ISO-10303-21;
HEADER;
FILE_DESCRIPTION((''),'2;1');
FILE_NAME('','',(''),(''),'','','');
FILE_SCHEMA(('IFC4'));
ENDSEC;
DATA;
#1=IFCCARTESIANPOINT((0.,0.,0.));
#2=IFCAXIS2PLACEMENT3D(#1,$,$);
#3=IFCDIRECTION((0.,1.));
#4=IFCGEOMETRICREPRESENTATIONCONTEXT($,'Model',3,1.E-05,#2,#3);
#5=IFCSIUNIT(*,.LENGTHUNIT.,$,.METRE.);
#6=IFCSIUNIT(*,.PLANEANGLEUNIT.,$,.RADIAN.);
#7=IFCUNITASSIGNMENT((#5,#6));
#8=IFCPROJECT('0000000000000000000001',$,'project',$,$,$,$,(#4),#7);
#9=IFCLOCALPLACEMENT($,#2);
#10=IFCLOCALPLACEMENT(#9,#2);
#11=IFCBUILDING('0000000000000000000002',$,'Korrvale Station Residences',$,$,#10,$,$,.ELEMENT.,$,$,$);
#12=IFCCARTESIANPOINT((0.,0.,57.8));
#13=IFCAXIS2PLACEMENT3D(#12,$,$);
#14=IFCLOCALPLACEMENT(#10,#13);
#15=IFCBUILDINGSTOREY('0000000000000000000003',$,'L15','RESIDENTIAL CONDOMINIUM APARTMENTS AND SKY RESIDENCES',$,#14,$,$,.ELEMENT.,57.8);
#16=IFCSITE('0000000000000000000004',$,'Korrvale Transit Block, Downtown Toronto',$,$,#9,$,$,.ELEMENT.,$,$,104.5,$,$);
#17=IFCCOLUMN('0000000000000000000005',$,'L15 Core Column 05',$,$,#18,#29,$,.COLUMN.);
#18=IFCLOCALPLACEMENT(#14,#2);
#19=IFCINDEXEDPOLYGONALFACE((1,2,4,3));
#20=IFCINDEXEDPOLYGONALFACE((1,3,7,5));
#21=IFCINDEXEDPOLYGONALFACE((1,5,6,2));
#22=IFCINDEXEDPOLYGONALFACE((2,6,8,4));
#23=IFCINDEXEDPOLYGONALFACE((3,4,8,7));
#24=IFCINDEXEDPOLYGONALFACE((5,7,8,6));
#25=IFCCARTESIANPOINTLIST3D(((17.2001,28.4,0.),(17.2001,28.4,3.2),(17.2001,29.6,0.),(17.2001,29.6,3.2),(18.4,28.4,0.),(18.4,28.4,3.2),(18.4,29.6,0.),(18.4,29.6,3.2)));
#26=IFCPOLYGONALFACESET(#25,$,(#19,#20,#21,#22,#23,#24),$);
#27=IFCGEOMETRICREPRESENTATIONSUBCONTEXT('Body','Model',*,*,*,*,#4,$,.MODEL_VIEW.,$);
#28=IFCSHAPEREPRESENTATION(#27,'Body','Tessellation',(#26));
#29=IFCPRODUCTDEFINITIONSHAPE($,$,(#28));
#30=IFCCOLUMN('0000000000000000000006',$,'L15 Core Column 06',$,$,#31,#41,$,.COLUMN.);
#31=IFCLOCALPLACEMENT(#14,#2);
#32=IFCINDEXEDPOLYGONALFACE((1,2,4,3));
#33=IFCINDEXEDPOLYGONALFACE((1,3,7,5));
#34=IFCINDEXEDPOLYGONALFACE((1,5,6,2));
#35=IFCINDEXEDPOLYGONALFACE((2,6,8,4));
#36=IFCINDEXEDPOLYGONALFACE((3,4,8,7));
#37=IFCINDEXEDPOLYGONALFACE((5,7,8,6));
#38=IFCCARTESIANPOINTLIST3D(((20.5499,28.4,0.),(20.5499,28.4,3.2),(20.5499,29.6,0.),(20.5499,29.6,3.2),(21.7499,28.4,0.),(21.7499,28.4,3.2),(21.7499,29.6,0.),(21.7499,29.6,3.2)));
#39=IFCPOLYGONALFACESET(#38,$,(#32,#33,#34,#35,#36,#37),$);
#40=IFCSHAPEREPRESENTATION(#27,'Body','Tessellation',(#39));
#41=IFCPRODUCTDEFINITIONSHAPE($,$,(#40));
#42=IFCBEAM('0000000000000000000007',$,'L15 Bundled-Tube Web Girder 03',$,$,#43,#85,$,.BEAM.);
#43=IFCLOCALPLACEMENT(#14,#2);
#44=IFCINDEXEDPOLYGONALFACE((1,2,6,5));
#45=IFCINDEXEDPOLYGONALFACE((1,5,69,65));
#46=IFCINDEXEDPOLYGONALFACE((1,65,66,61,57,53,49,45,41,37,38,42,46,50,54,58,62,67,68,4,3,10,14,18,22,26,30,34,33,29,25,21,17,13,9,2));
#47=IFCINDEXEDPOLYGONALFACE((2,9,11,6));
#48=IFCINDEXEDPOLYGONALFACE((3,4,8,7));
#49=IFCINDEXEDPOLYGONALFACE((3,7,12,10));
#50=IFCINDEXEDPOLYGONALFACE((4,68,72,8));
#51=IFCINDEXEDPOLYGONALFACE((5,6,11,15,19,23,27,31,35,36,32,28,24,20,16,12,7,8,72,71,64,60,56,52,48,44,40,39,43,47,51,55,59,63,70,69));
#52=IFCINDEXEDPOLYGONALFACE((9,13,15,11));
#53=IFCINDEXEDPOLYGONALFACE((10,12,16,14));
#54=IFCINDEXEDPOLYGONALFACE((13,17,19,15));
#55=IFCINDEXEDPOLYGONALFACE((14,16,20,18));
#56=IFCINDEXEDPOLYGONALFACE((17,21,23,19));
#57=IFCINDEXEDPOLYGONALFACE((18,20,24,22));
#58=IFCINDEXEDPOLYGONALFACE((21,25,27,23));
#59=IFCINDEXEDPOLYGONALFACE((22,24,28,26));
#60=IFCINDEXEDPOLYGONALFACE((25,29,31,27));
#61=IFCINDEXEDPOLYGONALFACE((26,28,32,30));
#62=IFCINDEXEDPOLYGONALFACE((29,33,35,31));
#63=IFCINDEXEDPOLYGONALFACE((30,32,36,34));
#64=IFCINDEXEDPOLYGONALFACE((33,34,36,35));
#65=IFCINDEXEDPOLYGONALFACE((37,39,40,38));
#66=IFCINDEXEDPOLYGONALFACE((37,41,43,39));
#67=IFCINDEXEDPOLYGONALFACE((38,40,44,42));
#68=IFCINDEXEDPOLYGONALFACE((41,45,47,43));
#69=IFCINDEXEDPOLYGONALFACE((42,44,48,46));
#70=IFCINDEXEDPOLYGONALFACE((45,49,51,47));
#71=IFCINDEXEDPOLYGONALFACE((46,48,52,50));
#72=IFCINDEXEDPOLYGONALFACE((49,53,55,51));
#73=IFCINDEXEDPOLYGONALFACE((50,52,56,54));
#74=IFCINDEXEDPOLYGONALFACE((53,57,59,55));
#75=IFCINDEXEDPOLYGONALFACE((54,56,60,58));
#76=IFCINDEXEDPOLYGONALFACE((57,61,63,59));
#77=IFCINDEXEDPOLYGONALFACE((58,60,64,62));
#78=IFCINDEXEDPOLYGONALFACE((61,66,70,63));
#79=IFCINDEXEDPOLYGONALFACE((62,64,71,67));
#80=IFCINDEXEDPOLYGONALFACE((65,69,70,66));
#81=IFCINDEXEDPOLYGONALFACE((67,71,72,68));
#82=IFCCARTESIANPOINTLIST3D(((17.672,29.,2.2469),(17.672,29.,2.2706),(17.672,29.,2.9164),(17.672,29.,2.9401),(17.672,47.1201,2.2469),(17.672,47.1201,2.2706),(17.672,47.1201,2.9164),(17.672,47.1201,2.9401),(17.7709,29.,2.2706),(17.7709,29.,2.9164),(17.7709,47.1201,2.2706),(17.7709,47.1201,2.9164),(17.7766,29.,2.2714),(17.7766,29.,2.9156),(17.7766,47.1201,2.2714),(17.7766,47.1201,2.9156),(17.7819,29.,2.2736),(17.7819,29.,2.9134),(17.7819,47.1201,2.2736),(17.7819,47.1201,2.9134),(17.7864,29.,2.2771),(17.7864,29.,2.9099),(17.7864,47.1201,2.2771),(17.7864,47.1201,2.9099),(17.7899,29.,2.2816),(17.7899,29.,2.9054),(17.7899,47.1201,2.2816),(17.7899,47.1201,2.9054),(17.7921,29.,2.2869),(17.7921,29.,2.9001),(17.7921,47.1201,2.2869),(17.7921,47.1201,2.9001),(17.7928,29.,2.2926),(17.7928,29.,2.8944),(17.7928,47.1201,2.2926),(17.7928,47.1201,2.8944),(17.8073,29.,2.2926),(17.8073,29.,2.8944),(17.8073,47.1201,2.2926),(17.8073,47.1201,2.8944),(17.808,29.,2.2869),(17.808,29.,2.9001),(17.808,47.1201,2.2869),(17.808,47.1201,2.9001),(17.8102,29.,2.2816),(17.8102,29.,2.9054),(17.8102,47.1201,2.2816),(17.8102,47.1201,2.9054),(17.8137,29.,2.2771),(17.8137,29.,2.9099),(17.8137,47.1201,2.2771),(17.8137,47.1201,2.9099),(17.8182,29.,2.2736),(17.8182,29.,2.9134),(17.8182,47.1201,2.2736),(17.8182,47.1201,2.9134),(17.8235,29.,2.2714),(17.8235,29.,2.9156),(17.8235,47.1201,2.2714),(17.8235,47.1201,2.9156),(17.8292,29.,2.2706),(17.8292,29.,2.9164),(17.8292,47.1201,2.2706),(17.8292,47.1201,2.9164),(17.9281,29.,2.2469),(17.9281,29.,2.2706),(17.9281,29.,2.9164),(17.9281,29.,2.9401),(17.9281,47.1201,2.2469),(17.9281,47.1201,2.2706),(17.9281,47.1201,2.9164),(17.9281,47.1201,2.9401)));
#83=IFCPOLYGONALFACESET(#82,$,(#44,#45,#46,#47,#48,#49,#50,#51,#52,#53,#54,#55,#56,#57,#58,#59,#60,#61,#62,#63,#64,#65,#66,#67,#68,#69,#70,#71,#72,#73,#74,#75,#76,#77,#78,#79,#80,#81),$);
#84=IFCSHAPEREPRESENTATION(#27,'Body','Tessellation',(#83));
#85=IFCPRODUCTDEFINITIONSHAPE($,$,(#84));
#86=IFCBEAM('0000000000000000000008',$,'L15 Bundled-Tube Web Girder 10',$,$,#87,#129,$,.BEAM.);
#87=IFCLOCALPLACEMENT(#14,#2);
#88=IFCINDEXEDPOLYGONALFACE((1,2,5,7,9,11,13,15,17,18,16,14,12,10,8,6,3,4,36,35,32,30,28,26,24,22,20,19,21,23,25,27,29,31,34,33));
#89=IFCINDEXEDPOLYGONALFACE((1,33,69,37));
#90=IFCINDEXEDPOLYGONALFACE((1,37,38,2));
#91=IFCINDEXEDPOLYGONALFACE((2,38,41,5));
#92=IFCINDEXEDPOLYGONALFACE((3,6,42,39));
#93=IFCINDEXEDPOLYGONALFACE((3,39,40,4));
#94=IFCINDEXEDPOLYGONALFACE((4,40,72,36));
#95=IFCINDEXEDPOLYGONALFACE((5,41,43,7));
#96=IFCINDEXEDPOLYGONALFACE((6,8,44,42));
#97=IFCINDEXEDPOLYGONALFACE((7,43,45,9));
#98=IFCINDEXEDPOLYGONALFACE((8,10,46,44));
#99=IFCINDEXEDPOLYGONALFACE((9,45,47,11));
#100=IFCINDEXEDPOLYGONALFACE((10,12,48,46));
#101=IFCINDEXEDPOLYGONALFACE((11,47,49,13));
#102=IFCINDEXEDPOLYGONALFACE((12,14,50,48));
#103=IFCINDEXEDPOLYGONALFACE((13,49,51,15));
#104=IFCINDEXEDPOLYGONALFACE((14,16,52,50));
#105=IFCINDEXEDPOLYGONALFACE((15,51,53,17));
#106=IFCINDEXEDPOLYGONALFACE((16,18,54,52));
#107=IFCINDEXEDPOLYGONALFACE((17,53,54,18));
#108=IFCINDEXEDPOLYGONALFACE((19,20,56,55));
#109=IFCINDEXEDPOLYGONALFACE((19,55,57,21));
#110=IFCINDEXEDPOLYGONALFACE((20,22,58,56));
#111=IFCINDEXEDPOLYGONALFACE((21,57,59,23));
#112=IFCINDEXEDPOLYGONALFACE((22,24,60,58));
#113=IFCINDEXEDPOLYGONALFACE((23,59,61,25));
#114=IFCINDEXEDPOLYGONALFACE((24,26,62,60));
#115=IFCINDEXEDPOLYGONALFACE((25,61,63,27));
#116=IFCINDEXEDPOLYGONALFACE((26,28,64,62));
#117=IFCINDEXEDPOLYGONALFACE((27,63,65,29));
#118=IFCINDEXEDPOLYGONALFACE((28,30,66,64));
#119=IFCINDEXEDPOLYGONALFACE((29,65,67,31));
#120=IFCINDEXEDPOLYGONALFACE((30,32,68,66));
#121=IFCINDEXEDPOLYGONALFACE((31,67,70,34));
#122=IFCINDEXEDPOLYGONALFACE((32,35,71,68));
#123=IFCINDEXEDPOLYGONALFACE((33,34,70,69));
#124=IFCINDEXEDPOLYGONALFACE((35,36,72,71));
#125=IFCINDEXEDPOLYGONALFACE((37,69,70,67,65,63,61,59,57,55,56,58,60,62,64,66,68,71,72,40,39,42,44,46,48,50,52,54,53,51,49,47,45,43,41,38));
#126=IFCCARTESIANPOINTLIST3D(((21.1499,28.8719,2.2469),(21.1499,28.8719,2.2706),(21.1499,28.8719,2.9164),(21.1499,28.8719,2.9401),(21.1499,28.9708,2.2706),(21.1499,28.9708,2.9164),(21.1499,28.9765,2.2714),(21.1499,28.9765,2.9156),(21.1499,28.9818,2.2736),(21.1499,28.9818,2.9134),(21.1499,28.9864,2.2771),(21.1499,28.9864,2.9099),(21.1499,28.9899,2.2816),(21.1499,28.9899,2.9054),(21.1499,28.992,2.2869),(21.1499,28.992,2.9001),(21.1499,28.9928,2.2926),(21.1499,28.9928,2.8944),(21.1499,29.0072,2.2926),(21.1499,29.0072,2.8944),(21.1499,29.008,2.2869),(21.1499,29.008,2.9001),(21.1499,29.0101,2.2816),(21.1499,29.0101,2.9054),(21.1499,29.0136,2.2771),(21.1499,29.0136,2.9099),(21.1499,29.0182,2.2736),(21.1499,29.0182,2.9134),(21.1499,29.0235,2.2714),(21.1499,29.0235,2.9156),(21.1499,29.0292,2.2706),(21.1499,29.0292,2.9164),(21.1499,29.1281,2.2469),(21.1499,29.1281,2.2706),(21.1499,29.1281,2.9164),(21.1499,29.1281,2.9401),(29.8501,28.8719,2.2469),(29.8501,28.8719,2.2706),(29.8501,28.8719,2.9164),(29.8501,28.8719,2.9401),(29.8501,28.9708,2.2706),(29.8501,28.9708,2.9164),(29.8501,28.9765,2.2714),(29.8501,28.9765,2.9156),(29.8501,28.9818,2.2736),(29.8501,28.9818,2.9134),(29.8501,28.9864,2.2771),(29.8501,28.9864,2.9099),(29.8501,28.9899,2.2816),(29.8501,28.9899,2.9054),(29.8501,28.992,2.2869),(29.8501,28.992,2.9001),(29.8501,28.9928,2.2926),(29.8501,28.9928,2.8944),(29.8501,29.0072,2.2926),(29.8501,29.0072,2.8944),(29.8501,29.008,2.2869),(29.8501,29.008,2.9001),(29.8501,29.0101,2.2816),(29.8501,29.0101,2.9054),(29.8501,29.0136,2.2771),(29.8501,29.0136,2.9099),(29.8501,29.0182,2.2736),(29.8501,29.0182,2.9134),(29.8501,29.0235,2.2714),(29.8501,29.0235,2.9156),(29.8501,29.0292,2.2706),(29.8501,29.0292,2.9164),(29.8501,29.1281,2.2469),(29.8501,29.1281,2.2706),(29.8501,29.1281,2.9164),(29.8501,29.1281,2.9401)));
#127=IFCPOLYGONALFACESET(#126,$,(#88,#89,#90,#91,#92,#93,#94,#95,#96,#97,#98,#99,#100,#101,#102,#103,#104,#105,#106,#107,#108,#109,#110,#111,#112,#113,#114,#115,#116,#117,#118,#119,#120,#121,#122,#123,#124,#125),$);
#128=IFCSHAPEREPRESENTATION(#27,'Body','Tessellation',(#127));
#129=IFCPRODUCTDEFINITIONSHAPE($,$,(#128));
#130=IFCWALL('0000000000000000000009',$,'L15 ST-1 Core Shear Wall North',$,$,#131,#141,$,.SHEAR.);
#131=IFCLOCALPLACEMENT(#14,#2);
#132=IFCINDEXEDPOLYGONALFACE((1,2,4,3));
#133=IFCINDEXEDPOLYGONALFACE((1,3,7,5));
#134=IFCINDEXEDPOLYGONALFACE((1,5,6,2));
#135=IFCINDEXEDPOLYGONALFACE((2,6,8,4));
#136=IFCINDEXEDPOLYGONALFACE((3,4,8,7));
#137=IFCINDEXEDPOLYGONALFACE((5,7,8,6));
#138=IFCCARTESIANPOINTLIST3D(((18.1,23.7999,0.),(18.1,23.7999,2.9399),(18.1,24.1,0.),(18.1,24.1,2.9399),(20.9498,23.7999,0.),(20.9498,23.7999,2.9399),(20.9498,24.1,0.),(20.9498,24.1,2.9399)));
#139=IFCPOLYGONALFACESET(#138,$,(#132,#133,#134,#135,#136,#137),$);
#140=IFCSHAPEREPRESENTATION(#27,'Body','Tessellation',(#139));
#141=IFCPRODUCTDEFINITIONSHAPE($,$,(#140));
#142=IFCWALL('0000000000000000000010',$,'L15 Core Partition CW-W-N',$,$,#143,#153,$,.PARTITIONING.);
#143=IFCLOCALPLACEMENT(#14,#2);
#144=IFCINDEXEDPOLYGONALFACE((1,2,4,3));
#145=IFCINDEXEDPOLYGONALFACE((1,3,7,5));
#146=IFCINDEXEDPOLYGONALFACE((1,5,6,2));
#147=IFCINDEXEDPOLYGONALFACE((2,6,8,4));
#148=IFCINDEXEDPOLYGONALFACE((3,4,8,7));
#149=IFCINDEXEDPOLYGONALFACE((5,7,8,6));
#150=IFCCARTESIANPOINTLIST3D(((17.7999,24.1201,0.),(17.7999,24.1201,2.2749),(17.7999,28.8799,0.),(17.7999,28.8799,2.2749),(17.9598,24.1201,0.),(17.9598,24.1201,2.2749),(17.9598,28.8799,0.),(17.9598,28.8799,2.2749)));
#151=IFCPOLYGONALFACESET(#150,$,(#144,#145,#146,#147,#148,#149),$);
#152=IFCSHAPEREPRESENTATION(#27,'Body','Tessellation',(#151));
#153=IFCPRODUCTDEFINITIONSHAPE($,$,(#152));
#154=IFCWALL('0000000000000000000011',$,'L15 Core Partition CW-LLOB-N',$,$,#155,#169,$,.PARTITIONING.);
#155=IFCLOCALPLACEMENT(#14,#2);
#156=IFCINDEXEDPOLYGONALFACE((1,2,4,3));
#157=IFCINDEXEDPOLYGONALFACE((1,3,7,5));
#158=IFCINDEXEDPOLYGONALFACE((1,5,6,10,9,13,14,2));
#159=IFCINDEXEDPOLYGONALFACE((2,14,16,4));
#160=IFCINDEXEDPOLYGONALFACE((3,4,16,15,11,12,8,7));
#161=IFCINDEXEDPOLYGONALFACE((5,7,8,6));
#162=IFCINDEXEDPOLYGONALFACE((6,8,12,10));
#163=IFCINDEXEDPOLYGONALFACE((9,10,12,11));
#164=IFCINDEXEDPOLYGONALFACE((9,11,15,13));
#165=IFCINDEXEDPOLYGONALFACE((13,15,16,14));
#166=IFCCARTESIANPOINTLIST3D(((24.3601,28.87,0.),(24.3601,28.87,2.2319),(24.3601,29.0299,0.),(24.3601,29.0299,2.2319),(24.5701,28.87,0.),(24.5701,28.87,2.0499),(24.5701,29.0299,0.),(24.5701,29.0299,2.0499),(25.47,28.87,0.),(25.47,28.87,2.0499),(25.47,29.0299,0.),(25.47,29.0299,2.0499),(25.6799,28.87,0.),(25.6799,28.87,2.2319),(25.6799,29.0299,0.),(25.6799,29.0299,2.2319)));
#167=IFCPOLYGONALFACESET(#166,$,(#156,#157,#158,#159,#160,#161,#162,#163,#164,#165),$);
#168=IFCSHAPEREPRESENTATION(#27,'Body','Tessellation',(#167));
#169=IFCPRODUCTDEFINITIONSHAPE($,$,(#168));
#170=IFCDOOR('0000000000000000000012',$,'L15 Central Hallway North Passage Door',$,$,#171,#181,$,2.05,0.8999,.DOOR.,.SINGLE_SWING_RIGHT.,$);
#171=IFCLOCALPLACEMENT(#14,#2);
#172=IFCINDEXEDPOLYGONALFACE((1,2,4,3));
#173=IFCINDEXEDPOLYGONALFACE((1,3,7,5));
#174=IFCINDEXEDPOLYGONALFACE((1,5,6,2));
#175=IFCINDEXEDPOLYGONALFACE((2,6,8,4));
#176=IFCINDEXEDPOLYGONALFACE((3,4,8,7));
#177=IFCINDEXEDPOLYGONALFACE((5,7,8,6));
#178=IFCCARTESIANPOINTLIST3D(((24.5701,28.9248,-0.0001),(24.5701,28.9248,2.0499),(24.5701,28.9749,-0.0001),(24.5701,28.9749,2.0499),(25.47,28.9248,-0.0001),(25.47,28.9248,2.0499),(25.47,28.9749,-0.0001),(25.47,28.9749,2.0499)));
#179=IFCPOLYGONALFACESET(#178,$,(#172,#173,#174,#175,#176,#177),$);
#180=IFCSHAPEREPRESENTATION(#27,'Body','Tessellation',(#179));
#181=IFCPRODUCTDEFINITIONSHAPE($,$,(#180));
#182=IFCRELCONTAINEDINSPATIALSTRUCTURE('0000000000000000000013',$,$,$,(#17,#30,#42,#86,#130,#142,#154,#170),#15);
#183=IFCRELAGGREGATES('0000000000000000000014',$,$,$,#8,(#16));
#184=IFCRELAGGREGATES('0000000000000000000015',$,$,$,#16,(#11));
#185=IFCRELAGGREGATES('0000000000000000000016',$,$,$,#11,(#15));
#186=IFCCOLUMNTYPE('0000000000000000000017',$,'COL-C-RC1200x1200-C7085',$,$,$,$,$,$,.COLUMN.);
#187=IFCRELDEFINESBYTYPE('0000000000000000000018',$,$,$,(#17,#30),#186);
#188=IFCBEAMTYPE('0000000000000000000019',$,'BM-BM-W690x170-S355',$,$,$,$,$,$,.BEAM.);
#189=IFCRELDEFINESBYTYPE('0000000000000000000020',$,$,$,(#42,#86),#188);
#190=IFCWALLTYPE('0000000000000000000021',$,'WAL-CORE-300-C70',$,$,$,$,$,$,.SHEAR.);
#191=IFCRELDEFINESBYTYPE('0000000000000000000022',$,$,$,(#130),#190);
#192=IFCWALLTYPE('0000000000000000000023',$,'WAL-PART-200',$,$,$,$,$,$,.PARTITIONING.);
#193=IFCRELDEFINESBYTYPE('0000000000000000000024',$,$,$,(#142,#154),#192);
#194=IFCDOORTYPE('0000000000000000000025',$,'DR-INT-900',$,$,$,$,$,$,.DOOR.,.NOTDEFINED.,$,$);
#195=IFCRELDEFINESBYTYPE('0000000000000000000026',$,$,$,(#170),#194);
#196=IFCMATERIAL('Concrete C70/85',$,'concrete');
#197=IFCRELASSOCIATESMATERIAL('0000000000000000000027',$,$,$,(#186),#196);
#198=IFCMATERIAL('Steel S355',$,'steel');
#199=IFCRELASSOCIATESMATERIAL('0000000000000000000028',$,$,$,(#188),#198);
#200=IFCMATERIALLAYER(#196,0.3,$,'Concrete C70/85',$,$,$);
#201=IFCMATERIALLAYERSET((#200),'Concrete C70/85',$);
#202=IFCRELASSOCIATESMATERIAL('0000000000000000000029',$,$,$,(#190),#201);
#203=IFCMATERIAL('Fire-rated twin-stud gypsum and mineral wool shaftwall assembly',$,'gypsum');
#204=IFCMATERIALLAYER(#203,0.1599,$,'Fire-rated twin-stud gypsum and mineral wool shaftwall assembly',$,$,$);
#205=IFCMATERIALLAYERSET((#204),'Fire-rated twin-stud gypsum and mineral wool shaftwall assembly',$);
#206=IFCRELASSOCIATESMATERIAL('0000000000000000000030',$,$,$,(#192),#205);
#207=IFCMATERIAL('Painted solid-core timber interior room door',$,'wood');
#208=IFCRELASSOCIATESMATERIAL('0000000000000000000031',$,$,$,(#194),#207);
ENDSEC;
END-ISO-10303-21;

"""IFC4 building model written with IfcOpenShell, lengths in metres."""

from ifc_helpers import new_model, si_unit, direction, frame, frame_2d, origin, origin_2d, place, context, subcontext, project, spatial, rectangle, i_section, extrude, material, layer, layer_set, material_profile, profile_set, type_object, element, fill, save


model = new_model("IFC4")

# Units and contexts
model_context = context("Model", 3, precision=1e-05, world=origin(), true_north=direction((0.0, 1.0)))
body_context = subcontext(model_context, "Body", "Model", "MODEL_VIEW")
ifc_project = project(units=[si_unit("LENGTHUNIT", "METRE"), si_unit("PLANEANGLEUNIT", "RADIAN")], contexts=[model_context])

# Site, building, storey
site_placement = place(None, origin())
site = spatial("IfcSite", under=ifc_project, at=site_placement, Name="Korrvale Transit Block, Downtown Toronto", CompositionType="ELEMENT", RefElevation=104.5)
building_placement = place(site_placement, origin())
building = spatial("IfcBuilding", under=site, at=building_placement, Name="Korrvale Station Residences", CompositionType="ELEMENT")
storey_placement = place(building_placement, frame((0.0, 0.0, 57.8)))
storey = spatial("IfcBuildingStorey", under=building, at=storey_placement, Name="L15", Description="RESIDENTIAL CONDOMINIUM APARTMENTS AND SKY RESIDENCES", CompositionType="ELEMENT", Elevation=57.8)

# Columns
ifc_material_1 = material(Name="Concrete C70/85", Category="concrete")
ifc_material_profile_1 = material_profile(ifc_material_1, rectangle(XDim=1.2, YDim=1.2, at=origin_2d()), Name="RC1200x1200")
ifc_profile_set_1 = profile_set([ifc_material_profile_1], Name="Concrete C70/85")
column_type = type_object("IfcColumnType", Name="COL-C-RC1200x1200-C7085", PredefinedType="COLUMN", material=ifc_profile_set_1)
for number, where, z_axis, x_axis, name in (
    (1, (17.8, 29.0, 0.0), (0.0, 0.0, 1.0), (1.0, 0.0, 0.0), "L15 Core Column 05"),
    (2, (21.1499, 29.0, 0.0), (0.0, 0.0, 1.0), (1.0, 0.0, 0.0), "L15 Core Column 06"),
):
    element("IfcColumn", number, at=place(storey_placement, frame(where, z_axis=z_axis, x_axis=x_axis)), inside=storey, type_object=column_type, Name=name, PredefinedType="COLUMN", context=body_context, shape_type="SweptSolid", body=[
        extrude(rectangle(XDim=1.2, YDim=1.2, at=origin_2d()), origin(), (0.0, 0.0, 1.0), 3.2),
    ])

# Beams
ifc_material_2 = material(Name="Steel S355", Category="steel")
ifc_material_profile_2 = material_profile(ifc_material_2, i_section(OverallWidth=0.2561, OverallDepth=0.6931, WebThickness=0.0144, FlangeThickness=0.0237, FilletRadius=0.022, at=origin_2d()), Name="W690x170")
ifc_profile_set_2 = profile_set([ifc_material_profile_2], Name="Steel S355")
beam_type = type_object("IfcBeamType", Name="BM-BM-W690x170-S355", PredefinedType="BEAM", material=ifc_profile_set_2)
beam_1_placement = place(storey_placement, frame((17.8, 29.0, 2.5935), z_axis=(0.0, 1.0, 0.0), x_axis=(-1.0, 0.0, 0.0)))
element("IfcBeam", 3, at=beam_1_placement, inside=storey, type_object=beam_type, Name="L15 Bundled-Tube Web Girder 03", PredefinedType="BEAM", context=body_context, shape_type="SweptSolid", body=[
    extrude(i_section(OverallWidth=0.2561, OverallDepth=0.6931, WebThickness=0.0144, FlangeThickness=0.0237, FilletRadius=0.022, at=origin_2d()), origin(), (0.0, 0.0, 1.0), 18.1201),
])
beam_2_placement = place(storey_placement, frame((21.1499, 29.0, 2.5935), z_axis=(1.0, 0.0, 0.0), x_axis=(0.0, 1.0, 0.0)))
element("IfcBeam", 4, at=beam_2_placement, inside=storey, type_object=beam_type, Name="L15 Bundled-Tube Web Girder 10", PredefinedType="BEAM", context=body_context, shape_type="SweptSolid", body=[
    extrude(i_section(OverallWidth=0.2561, OverallDepth=0.6931, WebThickness=0.0144, FlangeThickness=0.0237, FilletRadius=0.022, at=origin_2d()), origin(), (0.0, 0.0, 1.0), 8.7002),
])

# Walls
ifc_layer_1 = layer(ifc_material_1, 0.3, Name="Concrete C70/85")
ifc_layer_set_1 = layer_set([ifc_layer_1], Name="Concrete C70/85")
wall_type_1 = type_object("IfcWallType", Name="WAL-CORE-300-C70", PredefinedType="SHEAR", material=ifc_layer_set_1)
wall_1_placement = place(storey_placement, frame((18.1001, 23.95, 0.0), z_axis=(0.0, 0.0, 1.0), x_axis=(1.0, 0.0, 0.0)))
element("IfcWall", 5, at=wall_1_placement, inside=storey, type_object=wall_type_1, Name="L15 ST-1 Core Shear Wall North", PredefinedType="SHEAR", context=body_context, shape_type="SweptSolid", body=[
    extrude(rectangle(XDim=2.8499, YDim=0.3, at=frame_2d((1.4248, 0.0))), origin(), (0.0, 0.0, 1.0), 2.9399),
])
ifc_material_3 = material(Name="Fire-rated twin-stud gypsum and mineral wool shaftwall assembly", Category="gypsum")
ifc_layer_2 = layer(ifc_material_3, 0.1599, Name="Fire-rated twin-stud gypsum and mineral wool shaftwall assembly")
ifc_layer_set_2 = layer_set([ifc_layer_2], Name="Fire-rated twin-stud gypsum and mineral wool shaftwall assembly")
wall_type_2 = type_object("IfcWallType", Name="WAL-PART-200", PredefinedType="PARTITIONING", material=ifc_layer_set_2)
wall_2_placement = place(storey_placement, frame((17.8799, 24.1201, 0.0), z_axis=(0.0, 0.0, 1.0), x_axis=(0.0, 1.0, 0.0)))
element("IfcWall", 6, at=wall_2_placement, inside=storey, type_object=wall_type_2, Name="L15 Core Partition CW-W-N", PredefinedType="PARTITIONING", context=body_context, shape_type="SweptSolid", body=[
    extrude(rectangle(XDim=4.7598, YDim=0.1599, at=frame_2d((2.3799, 0.0))), origin(), (0.0, 0.0, 1.0), 2.2749),
])

# Wall, opening, door
wall_3_placement = place(storey_placement, frame((24.3601, 28.95, 0.0), z_axis=(0.0, 0.0, 1.0), x_axis=(1.0, 0.0, 0.0)))
wall_3 = element("IfcWall", 7, at=wall_3_placement, inside=storey, type_object=wall_type_2, Name="L15 Core Partition CW-LLOB-N", PredefinedType="PARTITIONING", context=body_context, shape_type="SweptSolid", body=[
    extrude(rectangle(XDim=1.3198, YDim=0.1599, at=frame_2d((0.6599, 0.0))), origin(), (0.0, 0.0, 1.0), 2.2319),
])
opening_1_placement = place(wall_3_placement, frame((0.21, 0.0, 0.0)))
opening_1 = element("IfcOpeningElement", 8, at=opening_1_placement, cuts=wall_3, PredefinedType="OPENING", context=body_context, shape_type="SweptSolid", body=[
    extrude(rectangle(XDim=0.8999, YDim=2.05, at=frame_2d((0.45, 1.0249))), frame((0.0, 0.0898, 0.0), z_axis=(0.0, -1.0, 0.0), x_axis=(1.0, 0.0, 0.0)), (0.0, 0.0, 1.0), 0.1799),
])
ifc_material_4 = material(Name="Painted solid-core timber interior room door", Category="wood")
door_type_1 = type_object("IfcDoorType", Name="DR-INT-900", OperationType="NOTDEFINED", PredefinedType="DOOR", material=ifc_material_4)
door_1_placement = place(opening_1_placement, origin())
door_1 = element("IfcDoor", 9, at=door_1_placement, inside=storey, type_object=door_type_1, Name="L15 Central Hallway North Passage Door", OperationType="SINGLE_SWING_RIGHT", OverallHeight=2.05, OverallWidth=0.8999, PredefinedType="DOOR", context=body_context, shape_type="SweptSolid", body=[
    extrude(rectangle(XDim=0.8999, YDim=2.05, at=frame_2d((0.45, 1.0249))), frame((0.0, 0.0249, 0.0), z_axis=(0.0, -1.0, 0.0), x_axis=(1.0, 0.0, 0.0)), (0.0, 0.0, 1.0), 0.05),
])
fill(opening_1, door_1)

save(model, "model.ifc")
